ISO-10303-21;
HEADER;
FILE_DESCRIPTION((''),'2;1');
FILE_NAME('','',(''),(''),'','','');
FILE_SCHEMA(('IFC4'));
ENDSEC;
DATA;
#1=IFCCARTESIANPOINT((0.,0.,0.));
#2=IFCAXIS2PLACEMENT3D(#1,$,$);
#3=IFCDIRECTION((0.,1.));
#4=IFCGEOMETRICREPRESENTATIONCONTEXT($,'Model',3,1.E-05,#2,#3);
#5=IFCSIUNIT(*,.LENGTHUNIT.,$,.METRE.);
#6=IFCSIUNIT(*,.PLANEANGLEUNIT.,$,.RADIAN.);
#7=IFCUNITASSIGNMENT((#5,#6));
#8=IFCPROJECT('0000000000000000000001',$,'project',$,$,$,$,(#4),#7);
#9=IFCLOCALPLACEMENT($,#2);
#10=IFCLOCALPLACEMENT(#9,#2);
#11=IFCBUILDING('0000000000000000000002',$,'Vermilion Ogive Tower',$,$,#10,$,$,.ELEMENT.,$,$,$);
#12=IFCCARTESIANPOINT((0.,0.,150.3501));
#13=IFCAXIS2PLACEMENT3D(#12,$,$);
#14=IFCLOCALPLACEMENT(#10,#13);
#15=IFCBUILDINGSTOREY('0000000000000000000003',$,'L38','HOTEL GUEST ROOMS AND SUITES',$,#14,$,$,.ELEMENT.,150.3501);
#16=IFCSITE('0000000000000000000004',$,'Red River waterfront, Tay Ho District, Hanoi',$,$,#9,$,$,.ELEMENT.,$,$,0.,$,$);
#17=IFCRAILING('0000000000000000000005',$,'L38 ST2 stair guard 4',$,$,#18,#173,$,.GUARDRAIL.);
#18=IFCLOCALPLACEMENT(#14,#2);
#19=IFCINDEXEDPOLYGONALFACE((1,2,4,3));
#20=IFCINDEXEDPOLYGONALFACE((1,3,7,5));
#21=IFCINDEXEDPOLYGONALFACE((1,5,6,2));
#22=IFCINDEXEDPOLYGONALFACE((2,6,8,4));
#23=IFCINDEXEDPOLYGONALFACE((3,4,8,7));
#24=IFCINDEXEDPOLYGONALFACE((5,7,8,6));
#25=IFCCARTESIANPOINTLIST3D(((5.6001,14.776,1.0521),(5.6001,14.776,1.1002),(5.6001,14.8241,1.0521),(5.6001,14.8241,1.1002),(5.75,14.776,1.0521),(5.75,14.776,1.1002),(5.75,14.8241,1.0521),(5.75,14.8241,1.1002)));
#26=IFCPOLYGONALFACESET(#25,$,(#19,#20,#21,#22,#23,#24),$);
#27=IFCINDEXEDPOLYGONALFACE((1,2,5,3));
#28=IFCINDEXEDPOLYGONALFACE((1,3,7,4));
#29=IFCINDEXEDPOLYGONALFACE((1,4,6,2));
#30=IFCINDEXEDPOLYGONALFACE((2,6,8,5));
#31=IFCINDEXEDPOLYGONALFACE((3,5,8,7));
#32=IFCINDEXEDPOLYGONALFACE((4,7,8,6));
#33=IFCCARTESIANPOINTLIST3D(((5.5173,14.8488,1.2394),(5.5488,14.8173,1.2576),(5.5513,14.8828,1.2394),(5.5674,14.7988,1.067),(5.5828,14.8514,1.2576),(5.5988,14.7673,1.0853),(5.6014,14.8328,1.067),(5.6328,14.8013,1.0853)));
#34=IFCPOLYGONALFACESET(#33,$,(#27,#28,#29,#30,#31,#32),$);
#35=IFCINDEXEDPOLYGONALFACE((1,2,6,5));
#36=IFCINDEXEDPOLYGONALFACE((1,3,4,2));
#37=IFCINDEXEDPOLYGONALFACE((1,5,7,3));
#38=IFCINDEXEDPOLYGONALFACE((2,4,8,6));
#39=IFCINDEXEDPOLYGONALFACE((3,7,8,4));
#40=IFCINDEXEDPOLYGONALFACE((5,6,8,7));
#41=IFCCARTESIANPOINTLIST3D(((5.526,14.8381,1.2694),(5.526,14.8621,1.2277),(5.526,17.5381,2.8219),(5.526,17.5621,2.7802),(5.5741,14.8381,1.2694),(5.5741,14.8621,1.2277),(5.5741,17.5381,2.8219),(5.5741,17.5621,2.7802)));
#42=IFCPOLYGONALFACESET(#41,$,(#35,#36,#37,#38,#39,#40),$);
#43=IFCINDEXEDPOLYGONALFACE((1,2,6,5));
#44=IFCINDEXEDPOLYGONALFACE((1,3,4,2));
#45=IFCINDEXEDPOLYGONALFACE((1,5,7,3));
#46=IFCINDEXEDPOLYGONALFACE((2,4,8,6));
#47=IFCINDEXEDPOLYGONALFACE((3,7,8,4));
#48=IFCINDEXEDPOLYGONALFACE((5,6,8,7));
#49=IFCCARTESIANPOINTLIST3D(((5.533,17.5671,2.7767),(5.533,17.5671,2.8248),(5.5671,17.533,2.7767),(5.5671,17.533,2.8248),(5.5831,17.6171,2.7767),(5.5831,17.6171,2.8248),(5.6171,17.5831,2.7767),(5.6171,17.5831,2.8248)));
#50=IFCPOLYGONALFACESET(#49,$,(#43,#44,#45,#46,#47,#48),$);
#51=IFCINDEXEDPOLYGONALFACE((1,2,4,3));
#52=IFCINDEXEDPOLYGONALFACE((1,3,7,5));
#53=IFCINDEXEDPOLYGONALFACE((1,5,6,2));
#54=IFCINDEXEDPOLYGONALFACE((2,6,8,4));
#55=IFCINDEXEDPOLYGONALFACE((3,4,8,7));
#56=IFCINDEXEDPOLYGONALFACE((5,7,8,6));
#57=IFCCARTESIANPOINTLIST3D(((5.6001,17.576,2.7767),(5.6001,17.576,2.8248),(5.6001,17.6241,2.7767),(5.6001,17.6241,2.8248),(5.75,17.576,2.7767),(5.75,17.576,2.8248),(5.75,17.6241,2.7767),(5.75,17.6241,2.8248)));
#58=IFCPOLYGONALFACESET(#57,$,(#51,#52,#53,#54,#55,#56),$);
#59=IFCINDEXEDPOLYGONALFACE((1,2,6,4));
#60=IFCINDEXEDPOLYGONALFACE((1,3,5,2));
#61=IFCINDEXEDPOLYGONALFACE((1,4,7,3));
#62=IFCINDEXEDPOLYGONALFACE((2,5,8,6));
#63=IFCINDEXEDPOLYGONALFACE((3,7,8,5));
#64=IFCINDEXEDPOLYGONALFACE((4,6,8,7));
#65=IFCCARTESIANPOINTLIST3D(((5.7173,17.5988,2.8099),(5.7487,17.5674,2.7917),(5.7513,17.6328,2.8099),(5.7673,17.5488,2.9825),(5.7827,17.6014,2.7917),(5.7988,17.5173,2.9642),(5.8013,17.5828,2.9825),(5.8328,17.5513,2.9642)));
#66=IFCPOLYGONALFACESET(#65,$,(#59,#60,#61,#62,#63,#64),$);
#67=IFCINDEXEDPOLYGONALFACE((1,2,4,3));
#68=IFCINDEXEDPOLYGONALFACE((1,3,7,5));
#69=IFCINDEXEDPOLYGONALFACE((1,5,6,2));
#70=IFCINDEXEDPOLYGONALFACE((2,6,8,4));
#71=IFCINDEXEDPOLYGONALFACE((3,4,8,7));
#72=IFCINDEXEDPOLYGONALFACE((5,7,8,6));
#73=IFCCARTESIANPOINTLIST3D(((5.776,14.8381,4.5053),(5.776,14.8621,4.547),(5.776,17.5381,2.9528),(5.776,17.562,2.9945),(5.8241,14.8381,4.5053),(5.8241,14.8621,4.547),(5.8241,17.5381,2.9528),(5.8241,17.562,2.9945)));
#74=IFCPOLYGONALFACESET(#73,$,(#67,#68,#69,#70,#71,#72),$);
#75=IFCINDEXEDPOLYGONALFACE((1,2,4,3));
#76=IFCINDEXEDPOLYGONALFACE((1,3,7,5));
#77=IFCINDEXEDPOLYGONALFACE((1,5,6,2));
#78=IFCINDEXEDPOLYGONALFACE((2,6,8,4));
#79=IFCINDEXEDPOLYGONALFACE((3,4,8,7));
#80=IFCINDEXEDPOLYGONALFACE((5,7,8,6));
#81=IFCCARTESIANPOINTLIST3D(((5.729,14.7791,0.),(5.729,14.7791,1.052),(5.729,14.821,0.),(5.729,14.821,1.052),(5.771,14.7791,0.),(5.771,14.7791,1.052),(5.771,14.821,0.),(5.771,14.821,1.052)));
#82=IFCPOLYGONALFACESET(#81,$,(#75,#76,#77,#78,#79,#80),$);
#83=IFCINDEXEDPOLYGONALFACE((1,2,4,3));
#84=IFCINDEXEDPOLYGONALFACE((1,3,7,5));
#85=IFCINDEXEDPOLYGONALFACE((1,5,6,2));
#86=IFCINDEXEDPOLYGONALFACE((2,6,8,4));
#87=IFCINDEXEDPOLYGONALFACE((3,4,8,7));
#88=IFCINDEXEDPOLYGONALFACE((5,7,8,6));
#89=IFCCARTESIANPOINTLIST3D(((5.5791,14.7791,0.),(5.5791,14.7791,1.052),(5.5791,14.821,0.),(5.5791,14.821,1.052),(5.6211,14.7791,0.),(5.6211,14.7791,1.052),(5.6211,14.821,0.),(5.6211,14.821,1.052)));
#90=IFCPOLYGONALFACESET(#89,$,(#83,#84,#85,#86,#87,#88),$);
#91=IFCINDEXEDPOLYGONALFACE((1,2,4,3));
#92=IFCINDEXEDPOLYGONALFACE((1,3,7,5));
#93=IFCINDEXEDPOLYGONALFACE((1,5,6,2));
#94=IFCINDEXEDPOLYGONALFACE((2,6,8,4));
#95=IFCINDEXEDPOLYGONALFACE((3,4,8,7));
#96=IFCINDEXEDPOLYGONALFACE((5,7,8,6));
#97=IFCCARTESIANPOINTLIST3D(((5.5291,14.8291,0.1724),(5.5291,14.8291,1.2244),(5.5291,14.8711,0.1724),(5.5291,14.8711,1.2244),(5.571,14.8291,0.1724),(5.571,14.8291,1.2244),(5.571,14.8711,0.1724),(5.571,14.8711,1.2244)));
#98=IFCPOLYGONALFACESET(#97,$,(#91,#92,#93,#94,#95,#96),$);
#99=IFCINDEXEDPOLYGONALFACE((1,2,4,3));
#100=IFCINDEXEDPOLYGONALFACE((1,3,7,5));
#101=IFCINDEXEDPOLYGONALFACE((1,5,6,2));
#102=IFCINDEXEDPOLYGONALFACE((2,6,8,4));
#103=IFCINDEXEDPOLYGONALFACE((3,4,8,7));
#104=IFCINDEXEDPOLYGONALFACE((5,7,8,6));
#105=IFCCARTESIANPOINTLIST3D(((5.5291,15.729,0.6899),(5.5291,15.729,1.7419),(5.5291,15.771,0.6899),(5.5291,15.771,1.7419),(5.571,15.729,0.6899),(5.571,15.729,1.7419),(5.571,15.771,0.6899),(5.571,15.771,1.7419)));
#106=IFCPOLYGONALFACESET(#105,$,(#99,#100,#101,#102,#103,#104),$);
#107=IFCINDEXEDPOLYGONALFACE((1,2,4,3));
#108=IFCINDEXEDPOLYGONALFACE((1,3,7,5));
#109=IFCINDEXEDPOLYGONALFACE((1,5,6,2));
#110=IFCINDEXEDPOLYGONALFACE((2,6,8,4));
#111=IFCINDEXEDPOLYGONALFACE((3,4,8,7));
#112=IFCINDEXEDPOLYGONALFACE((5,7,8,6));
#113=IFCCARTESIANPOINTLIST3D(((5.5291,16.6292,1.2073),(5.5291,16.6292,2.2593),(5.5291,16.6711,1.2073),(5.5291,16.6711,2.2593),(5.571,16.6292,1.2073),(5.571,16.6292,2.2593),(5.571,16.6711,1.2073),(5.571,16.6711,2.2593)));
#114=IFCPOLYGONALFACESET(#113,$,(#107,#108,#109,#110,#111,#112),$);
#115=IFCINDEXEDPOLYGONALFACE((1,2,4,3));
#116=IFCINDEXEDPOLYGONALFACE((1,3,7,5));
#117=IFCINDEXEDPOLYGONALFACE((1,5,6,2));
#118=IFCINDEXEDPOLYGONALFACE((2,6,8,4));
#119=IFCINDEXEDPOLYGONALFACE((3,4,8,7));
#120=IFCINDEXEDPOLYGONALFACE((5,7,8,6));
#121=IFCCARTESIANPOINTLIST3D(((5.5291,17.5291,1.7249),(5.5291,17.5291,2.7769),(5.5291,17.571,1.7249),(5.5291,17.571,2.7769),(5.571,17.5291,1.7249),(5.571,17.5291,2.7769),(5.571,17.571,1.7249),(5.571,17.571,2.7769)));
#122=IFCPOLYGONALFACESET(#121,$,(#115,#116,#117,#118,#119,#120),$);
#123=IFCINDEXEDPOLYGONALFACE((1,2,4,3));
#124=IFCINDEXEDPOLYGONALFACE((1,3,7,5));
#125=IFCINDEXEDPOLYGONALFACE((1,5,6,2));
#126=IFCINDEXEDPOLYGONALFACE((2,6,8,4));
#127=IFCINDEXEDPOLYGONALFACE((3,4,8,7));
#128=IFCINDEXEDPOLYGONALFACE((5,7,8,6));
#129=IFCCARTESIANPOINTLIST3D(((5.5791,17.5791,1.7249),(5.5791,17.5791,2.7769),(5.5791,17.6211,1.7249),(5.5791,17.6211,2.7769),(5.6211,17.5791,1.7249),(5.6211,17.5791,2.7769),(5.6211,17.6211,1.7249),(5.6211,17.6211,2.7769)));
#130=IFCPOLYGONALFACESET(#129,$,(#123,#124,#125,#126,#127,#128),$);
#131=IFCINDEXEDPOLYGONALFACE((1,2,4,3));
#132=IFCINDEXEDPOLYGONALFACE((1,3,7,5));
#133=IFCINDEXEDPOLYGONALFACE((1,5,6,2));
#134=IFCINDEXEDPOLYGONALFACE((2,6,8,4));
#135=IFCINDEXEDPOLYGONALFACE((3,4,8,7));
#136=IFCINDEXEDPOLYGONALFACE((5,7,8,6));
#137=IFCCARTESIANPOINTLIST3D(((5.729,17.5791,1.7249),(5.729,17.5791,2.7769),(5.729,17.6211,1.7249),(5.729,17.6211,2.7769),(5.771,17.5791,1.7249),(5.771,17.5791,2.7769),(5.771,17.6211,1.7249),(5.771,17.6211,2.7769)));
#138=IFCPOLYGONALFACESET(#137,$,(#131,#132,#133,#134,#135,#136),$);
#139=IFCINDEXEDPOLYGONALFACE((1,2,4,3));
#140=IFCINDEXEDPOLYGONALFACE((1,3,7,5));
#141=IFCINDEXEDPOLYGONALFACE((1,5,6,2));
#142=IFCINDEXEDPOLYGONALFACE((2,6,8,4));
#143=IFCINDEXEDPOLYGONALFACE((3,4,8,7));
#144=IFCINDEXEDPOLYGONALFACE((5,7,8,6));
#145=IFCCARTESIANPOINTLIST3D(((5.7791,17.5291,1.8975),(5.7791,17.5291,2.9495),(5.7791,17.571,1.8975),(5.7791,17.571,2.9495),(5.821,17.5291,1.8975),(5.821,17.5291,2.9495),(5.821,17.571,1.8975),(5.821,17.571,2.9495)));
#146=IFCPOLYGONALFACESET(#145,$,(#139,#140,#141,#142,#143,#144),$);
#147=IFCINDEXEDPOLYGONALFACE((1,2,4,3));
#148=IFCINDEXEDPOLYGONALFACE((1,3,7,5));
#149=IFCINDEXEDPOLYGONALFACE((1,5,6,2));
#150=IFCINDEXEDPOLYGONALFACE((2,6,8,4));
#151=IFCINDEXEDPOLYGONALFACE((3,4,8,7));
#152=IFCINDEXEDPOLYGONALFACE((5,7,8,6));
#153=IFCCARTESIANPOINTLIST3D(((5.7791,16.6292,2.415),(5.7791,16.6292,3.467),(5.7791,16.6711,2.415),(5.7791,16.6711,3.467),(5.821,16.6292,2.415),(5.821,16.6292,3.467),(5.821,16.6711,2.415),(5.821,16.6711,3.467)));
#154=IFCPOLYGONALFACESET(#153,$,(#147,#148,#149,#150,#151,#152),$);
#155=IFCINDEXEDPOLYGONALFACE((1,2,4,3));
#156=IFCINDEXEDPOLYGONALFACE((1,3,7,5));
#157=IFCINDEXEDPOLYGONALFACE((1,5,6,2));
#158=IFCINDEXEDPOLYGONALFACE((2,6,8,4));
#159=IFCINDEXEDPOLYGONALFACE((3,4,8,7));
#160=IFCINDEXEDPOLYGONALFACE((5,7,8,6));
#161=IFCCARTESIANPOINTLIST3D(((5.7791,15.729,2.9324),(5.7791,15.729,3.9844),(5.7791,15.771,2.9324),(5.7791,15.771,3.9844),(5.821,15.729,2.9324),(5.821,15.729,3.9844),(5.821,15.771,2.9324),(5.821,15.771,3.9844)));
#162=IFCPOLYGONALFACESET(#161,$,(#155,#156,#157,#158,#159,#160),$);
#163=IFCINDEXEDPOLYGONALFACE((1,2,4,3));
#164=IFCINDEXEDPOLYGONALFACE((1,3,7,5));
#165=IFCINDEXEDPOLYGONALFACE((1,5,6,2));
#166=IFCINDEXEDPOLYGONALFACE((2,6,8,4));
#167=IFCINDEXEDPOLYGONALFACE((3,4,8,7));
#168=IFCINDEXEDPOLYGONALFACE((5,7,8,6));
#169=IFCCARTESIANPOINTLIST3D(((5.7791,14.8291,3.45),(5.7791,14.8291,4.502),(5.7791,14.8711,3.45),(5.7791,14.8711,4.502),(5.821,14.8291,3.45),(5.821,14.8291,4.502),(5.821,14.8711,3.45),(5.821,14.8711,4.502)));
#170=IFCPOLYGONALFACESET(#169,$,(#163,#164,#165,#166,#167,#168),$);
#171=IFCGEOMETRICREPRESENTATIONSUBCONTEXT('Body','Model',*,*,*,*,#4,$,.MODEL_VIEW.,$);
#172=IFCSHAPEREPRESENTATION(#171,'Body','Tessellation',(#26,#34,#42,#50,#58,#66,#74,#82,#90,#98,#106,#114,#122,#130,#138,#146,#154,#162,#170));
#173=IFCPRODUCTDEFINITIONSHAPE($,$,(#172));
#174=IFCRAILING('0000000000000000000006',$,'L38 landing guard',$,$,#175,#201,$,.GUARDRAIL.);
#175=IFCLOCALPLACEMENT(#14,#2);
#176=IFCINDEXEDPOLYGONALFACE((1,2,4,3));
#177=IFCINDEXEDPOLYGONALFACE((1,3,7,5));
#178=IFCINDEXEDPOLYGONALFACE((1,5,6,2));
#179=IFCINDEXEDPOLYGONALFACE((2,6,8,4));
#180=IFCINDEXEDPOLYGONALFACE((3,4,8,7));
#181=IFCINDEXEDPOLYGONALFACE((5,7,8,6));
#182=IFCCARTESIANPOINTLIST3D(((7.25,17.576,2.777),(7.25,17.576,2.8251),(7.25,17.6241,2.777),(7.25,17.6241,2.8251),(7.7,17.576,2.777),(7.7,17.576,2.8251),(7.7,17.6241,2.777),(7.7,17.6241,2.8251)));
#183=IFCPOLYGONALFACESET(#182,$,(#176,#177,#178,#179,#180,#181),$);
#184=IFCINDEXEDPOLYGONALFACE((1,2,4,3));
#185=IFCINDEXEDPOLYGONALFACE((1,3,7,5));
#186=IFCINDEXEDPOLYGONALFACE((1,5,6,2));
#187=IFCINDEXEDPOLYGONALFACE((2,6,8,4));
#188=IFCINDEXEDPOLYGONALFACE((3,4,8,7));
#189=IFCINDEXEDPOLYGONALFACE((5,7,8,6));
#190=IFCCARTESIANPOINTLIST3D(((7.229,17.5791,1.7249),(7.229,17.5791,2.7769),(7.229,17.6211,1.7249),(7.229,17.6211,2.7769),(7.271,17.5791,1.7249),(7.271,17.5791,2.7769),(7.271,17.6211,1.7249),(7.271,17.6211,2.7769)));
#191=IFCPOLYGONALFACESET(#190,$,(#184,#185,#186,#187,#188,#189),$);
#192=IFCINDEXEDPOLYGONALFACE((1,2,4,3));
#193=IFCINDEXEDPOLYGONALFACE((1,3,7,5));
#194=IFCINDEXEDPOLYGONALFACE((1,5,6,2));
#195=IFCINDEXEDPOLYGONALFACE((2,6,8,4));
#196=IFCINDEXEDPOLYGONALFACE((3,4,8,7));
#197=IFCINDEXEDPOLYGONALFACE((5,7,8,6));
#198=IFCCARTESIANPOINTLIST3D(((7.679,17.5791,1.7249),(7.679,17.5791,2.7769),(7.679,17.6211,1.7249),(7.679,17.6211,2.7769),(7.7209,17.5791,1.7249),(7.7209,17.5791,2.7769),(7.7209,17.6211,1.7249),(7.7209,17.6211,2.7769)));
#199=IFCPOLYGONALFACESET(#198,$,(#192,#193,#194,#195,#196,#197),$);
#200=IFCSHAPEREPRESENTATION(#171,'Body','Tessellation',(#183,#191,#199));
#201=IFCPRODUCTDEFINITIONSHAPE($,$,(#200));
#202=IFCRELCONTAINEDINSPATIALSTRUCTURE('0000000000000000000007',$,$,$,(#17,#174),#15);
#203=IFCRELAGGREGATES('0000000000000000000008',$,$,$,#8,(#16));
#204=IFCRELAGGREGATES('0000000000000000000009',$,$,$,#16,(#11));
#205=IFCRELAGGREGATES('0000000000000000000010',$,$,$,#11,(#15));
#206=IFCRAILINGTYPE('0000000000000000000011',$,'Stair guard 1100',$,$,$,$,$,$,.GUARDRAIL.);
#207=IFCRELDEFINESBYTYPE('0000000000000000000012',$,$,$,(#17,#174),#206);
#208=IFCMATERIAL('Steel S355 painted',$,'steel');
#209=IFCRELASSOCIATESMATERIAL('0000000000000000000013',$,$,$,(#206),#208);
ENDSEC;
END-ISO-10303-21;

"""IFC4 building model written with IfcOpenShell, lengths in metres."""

from ifc_helpers import new_model, si_unit, direction, frame, origin, origin_2d, place, context, subcontext, project, spatial, rectangle, extrude, material, type_object, element, save


model = new_model("IFC4")

# Units and contexts
model_context = context("Model", 3, precision=1e-05, world=origin(), true_north=direction((0.0, 1.0)))
body_context = subcontext(model_context, "Body", "Model", "MODEL_VIEW")
ifc_project = project(units=[si_unit("LENGTHUNIT", "METRE"), si_unit("PLANEANGLEUNIT", "RADIAN")], contexts=[model_context])

# Site, building, storey
site_placement = place(None, origin())
site = spatial("IfcSite", under=ifc_project, at=site_placement, Name="Red River waterfront, Tay Ho District, Hanoi", CompositionType="ELEMENT", RefElevation=0.0)
building_placement = place(site_placement, origin())
building = spatial("IfcBuilding", under=site, at=building_placement, Name="Vermilion Ogive Tower", CompositionType="ELEMENT")
storey_placement = place(building_placement, frame((0.0, 0.0, 150.3501)))
storey = spatial("IfcBuildingStorey", under=building, at=storey_placement, Name="L38", Description="HOTEL GUEST ROOMS AND SUITES", CompositionType="ELEMENT", Elevation=150.3501)

# Railings
ifc_material_1 = material(Name="Steel S355 painted", Category="steel")
railing_type_1 = type_object("IfcRailingType", Name="Stair guard 1100", PredefinedType="GUARDRAIL", material=ifc_material_1)
railing_1_placement = place(storey_placement, frame((5.75, 14.8, 0.0)))
element("IfcRailing", 1, at=railing_1_placement, inside=storey, type_object=railing_type_1, Name="L38 ST2 stair guard 4", PredefinedType="GUARDRAIL", context=body_context, shape_type="SweptSolid", body=[
    extrude(rectangle(XDim=0.0481, YDim=0.0481, at=origin_2d()), frame((0.0, 0.0, 1.0762), z_axis=(-1.0, 0.0, 0.0), x_axis=(0.0, -1.0, 0.0)), (0.0, 0.0, 1.0), 0.1499),
    extrude(rectangle(XDim=0.0481, YDim=0.0481, at=origin_2d()), frame((-0.1499, 0.0, 1.0762), z_axis=(-0.268603, 0.268603, 0.925043), x_axis=(-0.707107, -0.707107, 0.0)), (0.0, 0.0, 1.0), 0.1863),
    extrude(rectangle(XDim=0.0481, YDim=0.0481, at=origin_2d()), frame((-0.2, 0.05, 1.2485), z_axis=(0.0, 0.866904, 0.498476), x_axis=(-1.0, 0.0, 0.0)), (0.0, 0.0, 1.0), 3.1145),
    extrude(rectangle(XDim=0.0481, YDim=0.0481, at=origin_2d()), frame((-0.2, 2.75, 2.8008), z_axis=(0.707107, 0.707107, 0.0), x_axis=(-0.707107, 0.707107, 0.0)), (0.0, 0.0, 1.0), 0.0708),
    extrude(rectangle(XDim=0.0481, YDim=0.0481, at=origin_2d()), frame((-0.1499, 2.8, 2.8008), z_axis=(1.0, 0.0, 0.0), x_axis=(0.0, 1.0, 0.0)), (0.0, 0.0, 1.0), 0.1499),
    extrude(rectangle(XDim=0.0481, YDim=0.0481, at=origin_2d()), frame((0.0, 2.8, 2.8008), z_axis=(0.268278, -0.268278, 0.925232), x_axis=(0.707107, 0.707107, 0.0)), (0.0, 0.0, 1.0), 0.1865),
    extrude(rectangle(XDim=0.0481, YDim=0.0481, at=origin_2d()), frame((0.05, 2.75, 2.9736), z_axis=(0.0, -0.866904, 0.498476), x_axis=(1.0, 0.0, 0.0)), (0.0, 0.0, 1.0), 3.1145),
    extrude(rectangle(XDim=0.042, YDim=0.042, at=origin_2d()), origin(), (0.0, 0.0, 1.0), 1.052),
    extrude(rectangle(XDim=0.042, YDim=0.042, at=origin_2d()), frame((-0.1499, 0.0, 0.0)), (0.0, 0.0, 1.0), 1.052),
    extrude(rectangle(XDim=0.042, YDim=0.042, at=origin_2d()), frame((-0.2, 0.05, 0.1724)), (0.0, 0.0, 1.0), 1.052),
    extrude(rectangle(XDim=0.042, YDim=0.042, at=origin_2d()), frame((-0.2, 0.95, 0.6899)), (0.0, 0.0, 1.0), 1.052),
    extrude(rectangle(XDim=0.042, YDim=0.042, at=origin_2d()), frame((-0.2, 1.8501, 1.2073)), (0.0, 0.0, 1.0), 1.052),
    extrude(rectangle(XDim=0.042, YDim=0.042, at=origin_2d()), frame((-0.2, 2.75, 1.7249)), (0.0, 0.0, 1.0), 1.052),
    extrude(rectangle(XDim=0.042, YDim=0.042, at=origin_2d()), frame((-0.1499, 2.8, 1.7249)), (0.0, 0.0, 1.0), 1.052),
    extrude(rectangle(XDim=0.042, YDim=0.042, at=origin_2d()), frame((0.0, 2.8, 1.7249)), (0.0, 0.0, 1.0), 1.052),
    extrude(rectangle(XDim=0.042, YDim=0.042, at=origin_2d()), frame((0.05, 2.75, 1.8975)), (0.0, 0.0, 1.0), 1.052),
    extrude(rectangle(XDim=0.042, YDim=0.042, at=origin_2d()), frame((0.05, 1.8501, 2.415)), (0.0, 0.0, 1.0), 1.052),
    extrude(rectangle(XDim=0.042, YDim=0.042, at=origin_2d()), frame((0.05, 0.95, 2.9324)), (0.0, 0.0, 1.0), 1.052),
    extrude(rectangle(XDim=0.042, YDim=0.042, at=origin_2d()), frame((0.05, 0.05, 3.45)), (0.0, 0.0, 1.0), 1.052),
])
railing_2_placement = place(storey_placement, frame((7.25, 17.6001, 1.7249)))
element("IfcRailing", 2, at=railing_2_placement, inside=storey, type_object=railing_type_1, Name="L38 landing guard", PredefinedType="GUARDRAIL", context=body_context, shape_type="SweptSolid", body=[
    extrude(rectangle(XDim=0.0481, YDim=0.0481, at=origin_2d()), frame((0.0, 0.0, 1.0762), z_axis=(1.0, 0.0, 0.0), x_axis=(0.0, 1.0, 0.0)), (0.0, 0.0, 1.0), 0.45),
    extrude(rectangle(XDim=0.042, YDim=0.042, at=origin_2d()), origin(), (0.0, 0.0, 1.0), 1.052),
    extrude(rectangle(XDim=0.042, YDim=0.042, at=origin_2d()), frame((0.45, 0.0, 0.0)), (0.0, 0.0, 1.0), 1.052),
])

save(model, "model.ifc")
